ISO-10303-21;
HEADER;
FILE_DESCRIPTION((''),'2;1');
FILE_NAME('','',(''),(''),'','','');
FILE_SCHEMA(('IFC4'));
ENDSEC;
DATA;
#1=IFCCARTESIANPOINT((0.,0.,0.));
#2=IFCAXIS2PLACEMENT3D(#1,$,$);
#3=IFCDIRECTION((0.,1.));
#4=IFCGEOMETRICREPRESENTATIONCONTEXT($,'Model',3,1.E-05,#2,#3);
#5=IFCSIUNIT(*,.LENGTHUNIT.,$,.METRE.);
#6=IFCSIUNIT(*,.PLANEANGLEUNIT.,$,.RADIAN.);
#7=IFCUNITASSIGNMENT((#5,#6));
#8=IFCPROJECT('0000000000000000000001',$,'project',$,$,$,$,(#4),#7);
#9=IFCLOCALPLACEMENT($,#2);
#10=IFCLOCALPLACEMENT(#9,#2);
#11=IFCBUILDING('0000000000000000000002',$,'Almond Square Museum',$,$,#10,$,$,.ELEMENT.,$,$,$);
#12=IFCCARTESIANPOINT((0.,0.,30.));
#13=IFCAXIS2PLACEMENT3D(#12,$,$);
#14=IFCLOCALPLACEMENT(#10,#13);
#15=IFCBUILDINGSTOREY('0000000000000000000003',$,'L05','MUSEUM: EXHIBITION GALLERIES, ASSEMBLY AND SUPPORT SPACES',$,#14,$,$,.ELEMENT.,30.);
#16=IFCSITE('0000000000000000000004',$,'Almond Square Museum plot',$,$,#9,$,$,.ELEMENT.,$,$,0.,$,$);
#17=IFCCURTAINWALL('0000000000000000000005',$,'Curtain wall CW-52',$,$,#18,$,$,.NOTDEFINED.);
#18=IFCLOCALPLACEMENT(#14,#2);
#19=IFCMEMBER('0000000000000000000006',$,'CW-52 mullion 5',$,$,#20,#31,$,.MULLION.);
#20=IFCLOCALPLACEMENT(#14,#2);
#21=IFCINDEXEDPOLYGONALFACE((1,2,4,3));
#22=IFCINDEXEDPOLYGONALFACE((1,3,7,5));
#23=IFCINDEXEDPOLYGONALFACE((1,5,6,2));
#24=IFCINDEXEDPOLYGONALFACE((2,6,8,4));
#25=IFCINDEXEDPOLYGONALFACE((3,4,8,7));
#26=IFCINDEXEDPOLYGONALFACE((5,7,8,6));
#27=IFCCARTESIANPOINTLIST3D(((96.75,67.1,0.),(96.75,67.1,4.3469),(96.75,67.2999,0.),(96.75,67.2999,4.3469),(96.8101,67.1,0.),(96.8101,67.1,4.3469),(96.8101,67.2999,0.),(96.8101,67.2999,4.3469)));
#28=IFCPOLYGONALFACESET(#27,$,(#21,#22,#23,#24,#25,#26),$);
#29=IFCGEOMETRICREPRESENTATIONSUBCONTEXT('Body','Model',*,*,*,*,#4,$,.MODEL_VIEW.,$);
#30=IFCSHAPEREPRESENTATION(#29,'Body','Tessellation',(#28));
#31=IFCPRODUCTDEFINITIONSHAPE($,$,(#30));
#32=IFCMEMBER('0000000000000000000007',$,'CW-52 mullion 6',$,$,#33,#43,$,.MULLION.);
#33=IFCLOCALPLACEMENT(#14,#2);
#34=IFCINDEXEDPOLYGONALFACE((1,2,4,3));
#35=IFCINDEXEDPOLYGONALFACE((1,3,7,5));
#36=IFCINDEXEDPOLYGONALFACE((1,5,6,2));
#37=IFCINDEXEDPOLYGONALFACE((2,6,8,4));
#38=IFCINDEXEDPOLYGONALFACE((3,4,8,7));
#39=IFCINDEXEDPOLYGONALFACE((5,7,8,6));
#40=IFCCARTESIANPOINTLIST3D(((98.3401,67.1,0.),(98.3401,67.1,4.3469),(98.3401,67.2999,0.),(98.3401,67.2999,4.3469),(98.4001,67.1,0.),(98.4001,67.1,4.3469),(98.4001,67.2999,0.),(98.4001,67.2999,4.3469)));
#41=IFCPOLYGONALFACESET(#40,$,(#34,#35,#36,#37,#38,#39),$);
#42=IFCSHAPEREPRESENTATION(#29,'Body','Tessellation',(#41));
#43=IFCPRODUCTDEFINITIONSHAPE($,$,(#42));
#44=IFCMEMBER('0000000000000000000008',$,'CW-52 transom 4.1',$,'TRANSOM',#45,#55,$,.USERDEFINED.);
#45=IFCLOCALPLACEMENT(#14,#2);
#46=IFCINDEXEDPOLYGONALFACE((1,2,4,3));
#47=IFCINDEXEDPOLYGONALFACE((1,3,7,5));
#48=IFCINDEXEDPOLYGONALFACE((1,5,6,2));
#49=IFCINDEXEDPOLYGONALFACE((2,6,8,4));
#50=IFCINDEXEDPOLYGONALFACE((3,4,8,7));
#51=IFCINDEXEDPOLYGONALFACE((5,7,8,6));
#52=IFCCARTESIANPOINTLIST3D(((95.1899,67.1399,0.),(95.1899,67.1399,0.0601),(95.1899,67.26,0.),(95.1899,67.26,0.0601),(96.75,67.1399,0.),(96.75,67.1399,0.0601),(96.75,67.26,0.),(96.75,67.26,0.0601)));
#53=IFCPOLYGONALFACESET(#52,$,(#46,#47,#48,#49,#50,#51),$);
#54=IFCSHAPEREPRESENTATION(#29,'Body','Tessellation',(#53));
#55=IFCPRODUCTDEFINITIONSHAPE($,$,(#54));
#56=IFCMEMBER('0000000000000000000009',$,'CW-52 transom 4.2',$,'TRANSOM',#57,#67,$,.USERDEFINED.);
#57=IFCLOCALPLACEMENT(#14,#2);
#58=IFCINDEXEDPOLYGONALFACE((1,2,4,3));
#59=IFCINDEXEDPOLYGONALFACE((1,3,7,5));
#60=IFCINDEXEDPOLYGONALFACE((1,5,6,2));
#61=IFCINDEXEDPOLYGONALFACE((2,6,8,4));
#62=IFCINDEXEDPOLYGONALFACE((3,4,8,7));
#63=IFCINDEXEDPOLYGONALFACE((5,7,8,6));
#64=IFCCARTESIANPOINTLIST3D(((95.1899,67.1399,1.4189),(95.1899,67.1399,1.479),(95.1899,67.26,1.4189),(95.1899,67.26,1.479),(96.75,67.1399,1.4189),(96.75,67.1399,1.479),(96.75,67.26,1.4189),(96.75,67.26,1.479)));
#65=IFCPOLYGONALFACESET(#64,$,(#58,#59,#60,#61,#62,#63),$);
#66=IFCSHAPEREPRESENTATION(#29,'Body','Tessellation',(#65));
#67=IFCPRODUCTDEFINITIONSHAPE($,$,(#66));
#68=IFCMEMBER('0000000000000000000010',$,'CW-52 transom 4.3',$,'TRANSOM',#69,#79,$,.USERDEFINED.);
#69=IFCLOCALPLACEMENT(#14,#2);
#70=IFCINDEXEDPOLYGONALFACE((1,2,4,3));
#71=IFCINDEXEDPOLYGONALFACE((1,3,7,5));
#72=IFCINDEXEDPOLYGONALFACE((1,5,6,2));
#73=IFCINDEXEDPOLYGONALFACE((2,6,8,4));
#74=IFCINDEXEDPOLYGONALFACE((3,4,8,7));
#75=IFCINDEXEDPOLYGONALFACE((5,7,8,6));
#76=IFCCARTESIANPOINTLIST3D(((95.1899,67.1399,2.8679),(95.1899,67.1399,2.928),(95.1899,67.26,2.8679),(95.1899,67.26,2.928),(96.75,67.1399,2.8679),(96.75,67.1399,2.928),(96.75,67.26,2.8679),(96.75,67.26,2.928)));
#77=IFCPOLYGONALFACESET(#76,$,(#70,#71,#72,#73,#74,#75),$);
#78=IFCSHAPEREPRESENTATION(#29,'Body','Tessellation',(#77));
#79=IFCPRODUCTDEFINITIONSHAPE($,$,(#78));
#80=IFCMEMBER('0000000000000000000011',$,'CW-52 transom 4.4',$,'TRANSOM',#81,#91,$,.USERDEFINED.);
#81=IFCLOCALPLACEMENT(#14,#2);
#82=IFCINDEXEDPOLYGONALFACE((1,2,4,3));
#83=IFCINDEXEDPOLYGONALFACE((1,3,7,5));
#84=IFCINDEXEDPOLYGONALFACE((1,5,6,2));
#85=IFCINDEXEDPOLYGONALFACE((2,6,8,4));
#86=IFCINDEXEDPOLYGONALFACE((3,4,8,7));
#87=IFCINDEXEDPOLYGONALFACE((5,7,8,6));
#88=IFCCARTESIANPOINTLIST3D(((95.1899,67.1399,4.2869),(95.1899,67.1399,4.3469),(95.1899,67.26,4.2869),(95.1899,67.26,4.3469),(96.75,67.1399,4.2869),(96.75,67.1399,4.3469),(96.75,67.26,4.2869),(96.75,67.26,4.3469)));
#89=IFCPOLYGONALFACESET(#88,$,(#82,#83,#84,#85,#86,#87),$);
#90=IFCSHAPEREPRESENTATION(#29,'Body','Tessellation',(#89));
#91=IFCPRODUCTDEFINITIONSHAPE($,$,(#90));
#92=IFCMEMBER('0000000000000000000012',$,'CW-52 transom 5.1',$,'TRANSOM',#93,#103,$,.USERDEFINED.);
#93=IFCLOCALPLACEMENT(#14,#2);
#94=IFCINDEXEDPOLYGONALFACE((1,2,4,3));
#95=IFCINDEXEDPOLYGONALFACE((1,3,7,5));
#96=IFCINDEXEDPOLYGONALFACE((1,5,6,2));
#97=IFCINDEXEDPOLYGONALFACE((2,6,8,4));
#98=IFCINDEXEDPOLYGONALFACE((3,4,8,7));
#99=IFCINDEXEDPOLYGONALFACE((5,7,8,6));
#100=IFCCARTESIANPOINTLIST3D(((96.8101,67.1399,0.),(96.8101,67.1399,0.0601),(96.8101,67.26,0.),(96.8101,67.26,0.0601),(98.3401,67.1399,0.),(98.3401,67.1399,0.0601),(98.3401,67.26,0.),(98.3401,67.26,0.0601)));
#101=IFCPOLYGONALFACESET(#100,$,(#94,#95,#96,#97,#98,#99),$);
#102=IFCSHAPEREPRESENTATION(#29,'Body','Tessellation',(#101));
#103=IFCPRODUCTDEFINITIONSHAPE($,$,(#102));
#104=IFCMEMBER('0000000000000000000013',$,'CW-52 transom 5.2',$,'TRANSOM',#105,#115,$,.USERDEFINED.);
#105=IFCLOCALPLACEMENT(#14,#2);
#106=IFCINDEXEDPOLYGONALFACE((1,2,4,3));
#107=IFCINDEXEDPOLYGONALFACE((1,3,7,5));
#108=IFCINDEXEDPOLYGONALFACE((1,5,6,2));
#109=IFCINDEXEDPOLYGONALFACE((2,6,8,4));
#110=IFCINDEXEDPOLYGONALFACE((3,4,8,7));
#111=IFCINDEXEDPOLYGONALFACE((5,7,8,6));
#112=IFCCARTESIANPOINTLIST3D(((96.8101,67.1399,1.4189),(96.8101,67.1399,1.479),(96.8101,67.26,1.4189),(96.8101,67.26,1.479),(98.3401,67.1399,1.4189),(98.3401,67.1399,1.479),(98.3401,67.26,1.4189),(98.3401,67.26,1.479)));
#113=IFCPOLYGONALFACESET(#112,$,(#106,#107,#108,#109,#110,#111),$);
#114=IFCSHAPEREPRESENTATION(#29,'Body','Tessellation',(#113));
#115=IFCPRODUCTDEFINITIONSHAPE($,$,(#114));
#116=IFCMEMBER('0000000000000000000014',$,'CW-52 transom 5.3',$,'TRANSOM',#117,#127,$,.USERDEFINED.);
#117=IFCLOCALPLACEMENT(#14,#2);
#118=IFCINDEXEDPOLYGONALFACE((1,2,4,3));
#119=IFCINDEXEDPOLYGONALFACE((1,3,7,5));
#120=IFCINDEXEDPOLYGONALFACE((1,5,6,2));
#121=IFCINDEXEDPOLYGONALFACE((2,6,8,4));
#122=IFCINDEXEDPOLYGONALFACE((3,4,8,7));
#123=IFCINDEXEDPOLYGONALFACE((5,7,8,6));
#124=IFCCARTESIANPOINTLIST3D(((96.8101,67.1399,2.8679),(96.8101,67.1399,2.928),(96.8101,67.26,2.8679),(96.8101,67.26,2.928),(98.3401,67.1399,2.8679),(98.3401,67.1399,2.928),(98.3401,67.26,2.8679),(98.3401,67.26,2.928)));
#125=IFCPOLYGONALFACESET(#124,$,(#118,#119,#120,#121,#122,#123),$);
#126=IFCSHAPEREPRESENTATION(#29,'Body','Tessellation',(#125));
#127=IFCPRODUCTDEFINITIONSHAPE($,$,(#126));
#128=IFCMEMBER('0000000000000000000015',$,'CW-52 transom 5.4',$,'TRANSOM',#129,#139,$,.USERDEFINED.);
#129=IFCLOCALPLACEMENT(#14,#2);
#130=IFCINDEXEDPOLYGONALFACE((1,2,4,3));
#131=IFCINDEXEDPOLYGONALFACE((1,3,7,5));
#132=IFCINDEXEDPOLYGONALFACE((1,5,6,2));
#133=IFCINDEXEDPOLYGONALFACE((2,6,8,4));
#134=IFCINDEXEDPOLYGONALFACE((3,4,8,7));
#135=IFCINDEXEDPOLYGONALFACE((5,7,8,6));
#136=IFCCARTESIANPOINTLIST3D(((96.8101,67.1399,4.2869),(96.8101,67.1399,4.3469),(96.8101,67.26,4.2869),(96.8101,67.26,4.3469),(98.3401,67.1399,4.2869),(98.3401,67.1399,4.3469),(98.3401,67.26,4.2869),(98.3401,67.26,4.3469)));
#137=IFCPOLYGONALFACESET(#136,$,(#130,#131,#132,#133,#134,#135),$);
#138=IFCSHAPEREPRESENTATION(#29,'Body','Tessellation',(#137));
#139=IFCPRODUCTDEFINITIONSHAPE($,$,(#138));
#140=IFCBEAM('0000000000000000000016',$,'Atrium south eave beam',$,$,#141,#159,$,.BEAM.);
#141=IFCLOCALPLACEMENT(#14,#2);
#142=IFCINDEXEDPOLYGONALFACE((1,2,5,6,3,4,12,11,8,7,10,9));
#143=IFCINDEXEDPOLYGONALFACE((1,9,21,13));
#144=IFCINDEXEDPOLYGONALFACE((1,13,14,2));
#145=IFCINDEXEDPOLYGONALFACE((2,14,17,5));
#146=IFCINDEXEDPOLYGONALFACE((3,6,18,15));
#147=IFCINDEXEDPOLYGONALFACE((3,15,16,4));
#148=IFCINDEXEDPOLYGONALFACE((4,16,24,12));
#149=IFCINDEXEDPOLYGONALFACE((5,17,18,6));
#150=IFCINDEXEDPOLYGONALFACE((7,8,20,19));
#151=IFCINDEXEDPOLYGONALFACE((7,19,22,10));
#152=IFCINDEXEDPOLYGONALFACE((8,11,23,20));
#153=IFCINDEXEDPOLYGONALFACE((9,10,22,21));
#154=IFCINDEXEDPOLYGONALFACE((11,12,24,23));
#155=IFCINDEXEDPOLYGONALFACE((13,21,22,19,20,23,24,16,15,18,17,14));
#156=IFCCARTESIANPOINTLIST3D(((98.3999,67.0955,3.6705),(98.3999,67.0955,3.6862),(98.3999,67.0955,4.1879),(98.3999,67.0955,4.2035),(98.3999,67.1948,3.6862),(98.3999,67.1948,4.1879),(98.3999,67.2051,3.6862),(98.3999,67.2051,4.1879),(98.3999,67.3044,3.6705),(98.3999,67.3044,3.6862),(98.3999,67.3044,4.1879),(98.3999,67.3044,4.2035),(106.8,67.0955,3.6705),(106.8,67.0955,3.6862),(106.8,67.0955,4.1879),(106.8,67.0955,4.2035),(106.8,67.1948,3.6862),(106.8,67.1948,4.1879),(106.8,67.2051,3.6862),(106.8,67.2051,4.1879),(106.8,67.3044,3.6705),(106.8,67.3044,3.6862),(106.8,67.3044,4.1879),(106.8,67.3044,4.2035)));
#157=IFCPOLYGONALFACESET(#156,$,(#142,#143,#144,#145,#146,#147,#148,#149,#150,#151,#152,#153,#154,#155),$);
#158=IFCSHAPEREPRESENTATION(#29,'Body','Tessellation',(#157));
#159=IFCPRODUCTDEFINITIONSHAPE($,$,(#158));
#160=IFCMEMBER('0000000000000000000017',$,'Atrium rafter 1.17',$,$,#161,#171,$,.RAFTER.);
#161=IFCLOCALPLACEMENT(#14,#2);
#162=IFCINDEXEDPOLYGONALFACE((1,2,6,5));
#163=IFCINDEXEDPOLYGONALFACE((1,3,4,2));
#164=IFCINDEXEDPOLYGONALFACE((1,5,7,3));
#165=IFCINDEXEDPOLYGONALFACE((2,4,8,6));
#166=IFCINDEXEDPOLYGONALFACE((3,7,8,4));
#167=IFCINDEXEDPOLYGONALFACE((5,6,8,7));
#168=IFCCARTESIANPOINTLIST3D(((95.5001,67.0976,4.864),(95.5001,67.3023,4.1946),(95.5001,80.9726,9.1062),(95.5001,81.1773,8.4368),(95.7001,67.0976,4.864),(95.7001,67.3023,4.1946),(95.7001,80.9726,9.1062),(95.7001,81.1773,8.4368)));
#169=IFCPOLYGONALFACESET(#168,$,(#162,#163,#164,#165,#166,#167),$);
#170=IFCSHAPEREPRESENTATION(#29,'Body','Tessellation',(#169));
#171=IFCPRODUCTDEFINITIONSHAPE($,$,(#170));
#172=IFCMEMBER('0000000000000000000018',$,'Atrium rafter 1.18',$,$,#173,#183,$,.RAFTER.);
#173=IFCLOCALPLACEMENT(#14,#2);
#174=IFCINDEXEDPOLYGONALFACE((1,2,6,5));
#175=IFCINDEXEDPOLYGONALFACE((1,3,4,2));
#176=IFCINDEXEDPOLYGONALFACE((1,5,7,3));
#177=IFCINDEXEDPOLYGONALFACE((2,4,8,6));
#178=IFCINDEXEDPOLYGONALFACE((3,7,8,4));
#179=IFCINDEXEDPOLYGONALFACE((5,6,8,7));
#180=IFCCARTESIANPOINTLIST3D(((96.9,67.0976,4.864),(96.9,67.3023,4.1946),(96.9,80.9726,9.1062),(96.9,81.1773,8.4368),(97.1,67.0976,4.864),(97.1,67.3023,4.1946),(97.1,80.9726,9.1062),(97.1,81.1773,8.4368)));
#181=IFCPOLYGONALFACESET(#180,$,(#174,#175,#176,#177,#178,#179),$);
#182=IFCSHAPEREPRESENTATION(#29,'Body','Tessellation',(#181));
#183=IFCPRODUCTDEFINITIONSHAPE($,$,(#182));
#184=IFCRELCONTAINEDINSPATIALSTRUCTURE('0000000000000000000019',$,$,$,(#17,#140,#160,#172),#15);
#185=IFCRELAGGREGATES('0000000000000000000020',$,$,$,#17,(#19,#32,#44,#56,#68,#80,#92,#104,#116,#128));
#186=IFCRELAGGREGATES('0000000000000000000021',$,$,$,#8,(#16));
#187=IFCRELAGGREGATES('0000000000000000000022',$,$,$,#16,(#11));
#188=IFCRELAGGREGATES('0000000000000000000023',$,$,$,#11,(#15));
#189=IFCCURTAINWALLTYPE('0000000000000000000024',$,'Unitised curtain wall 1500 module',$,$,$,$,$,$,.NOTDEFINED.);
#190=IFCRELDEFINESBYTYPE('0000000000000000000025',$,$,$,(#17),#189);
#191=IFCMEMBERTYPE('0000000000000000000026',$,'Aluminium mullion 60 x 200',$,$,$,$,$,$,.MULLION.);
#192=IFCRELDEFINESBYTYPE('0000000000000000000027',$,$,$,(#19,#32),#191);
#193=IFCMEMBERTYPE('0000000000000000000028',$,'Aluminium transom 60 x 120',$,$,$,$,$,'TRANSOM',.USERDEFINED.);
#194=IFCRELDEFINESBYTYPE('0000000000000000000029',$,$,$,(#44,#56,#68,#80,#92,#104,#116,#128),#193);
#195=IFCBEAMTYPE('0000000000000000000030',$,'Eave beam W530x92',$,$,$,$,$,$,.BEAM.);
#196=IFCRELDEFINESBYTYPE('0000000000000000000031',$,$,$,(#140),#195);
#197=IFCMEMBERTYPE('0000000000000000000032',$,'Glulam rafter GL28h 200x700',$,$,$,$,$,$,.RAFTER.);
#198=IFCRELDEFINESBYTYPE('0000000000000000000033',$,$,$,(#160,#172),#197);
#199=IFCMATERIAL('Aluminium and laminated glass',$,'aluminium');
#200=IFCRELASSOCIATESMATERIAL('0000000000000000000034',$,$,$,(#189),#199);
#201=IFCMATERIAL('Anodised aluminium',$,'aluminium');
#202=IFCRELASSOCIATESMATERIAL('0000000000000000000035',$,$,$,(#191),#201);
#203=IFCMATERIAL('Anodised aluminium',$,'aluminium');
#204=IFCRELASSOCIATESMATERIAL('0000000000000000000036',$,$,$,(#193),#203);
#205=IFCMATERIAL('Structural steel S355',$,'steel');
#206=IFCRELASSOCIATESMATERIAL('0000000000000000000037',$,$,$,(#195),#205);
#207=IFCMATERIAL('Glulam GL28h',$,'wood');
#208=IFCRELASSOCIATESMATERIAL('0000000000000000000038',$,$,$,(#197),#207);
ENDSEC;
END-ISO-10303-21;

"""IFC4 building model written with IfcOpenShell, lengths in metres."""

from ifc_helpers import new_model, si_unit, direction, frame, origin, origin_2d, place, context, subcontext, project, spatial, rectangle, i_section, extrude, material, material_profile, profile_set, type_object, element, aggregate, save


model = new_model("IFC4")

# Units and contexts
model_context = context("Model", 3, precision=1e-05, world=origin(), true_north=direction((0.0, 1.0)))
body_context = subcontext(model_context, "Body", "Model", "MODEL_VIEW")
ifc_project = project(units=[si_unit("LENGTHUNIT", "METRE"), si_unit("PLANEANGLEUNIT", "RADIAN")], contexts=[model_context])

# Site, building, storey
site_placement = place(None, origin())
site = spatial("IfcSite", under=ifc_project, at=site_placement, Name="Almond Square Museum plot", CompositionType="ELEMENT", RefElevation=0.0)
building_placement = place(site_placement, origin())
building = spatial("IfcBuilding", under=site, at=building_placement, Name="Almond Square Museum", CompositionType="ELEMENT")
storey_placement = place(building_placement, frame((0.0, 0.0, 30.0)))
storey = spatial("IfcBuildingStorey", under=building, at=storey_placement, Name="L05", Description="MUSEUM: EXHIBITION GALLERIES, ASSEMBLY AND SUPPORT SPACES", CompositionType="ELEMENT", Elevation=30.0)

# Curtain wall, members
ifc_material_1 = material(Name="Aluminium and laminated glass", Category="aluminium")
curtain_wall_type = type_object("IfcCurtainWallType", Name="Unitised curtain wall 1500 module", PredefinedType="NOTDEFINED", material=ifc_material_1)
curtain_wall_placement = place(storey_placement, origin())
curtain_wall = element("IfcCurtainWall", 1, at=curtain_wall_placement, inside=storey, type_object=curtain_wall_type, Name="Curtain wall CW-52", PredefinedType="NOTDEFINED")
ifc_material_2 = material(Name="Anodised aluminium", Category="aluminium")
ifc_material_profile_1 = material_profile(ifc_material_2, rectangle(XDim=0.2, YDim=0.0601, at=origin_2d()))
ifc_profile_set_1 = profile_set([ifc_material_profile_1], Name="Anodised aluminium")
member_type_1 = type_object("IfcMemberType", Name="Aluminium mullion 60 x 200", PredefinedType="MULLION", material=ifc_profile_set_1)
member_1_placement = place(storey_placement, frame((96.78, 67.2, 0.0), z_axis=(0.0, 0.0, 1.0), x_axis=(0.0, 1.0, 0.0)))
member_1 = element("IfcMember", 2, at=member_1_placement, type_object=member_type_1, Name="CW-52 mullion 5", PredefinedType="MULLION", context=body_context, shape_type="SweptSolid", body=[
    extrude(rectangle(XDim=0.2, YDim=0.0601, at=origin_2d()), origin(), (0.0, 0.0, 1.0), 4.3469),
])
member_2_placement = place(storey_placement, frame((98.3701, 67.2, 0.0), z_axis=(0.0, 0.0, 1.0), x_axis=(0.0, 1.0, 0.0)))
member_2 = element("IfcMember", 3, at=member_2_placement, type_object=member_type_1, Name="CW-52 mullion 6", PredefinedType="MULLION", context=body_context, shape_type="SweptSolid", body=[
    extrude(rectangle(XDim=0.2, YDim=0.0601, at=origin_2d()), origin(), (0.0, 0.0, 1.0), 4.3469),
])
ifc_material_3 = material(Name="Anodised aluminium", Category="aluminium")
ifc_material_profile_2 = material_profile(ifc_material_3, rectangle(XDim=0.1201, YDim=0.0601, at=origin_2d()))
ifc_profile_set_2 = profile_set([ifc_material_profile_2], Name="Anodised aluminium")
member_type_2 = type_object("IfcMemberType", Name="Aluminium transom 60 x 120", ElementType="TRANSOM", PredefinedType="USERDEFINED", material=ifc_profile_set_2)
member_3_placement = place(storey_placement, frame((95.1899, 67.2, 0.03), z_axis=(1.0, 0.0, 0.0), x_axis=(0.0, 1.0, 0.0)))
member_3 = element("IfcMember", 4, at=member_3_placement, type_object=member_type_2, Name="CW-52 transom 4.1", ObjectType="TRANSOM", PredefinedType="USERDEFINED", context=body_context, shape_type="SweptSolid", body=[
    extrude(rectangle(XDim=0.1201, YDim=0.0601, at=origin_2d()), origin(), (0.0, 0.0, 1.0), 1.5601),
])
member_4_placement = place(storey_placement, frame((95.1899, 67.2, 1.449), z_axis=(1.0, 0.0, 0.0), x_axis=(0.0, 1.0, 0.0)))
member_4 = element("IfcMember", 5, at=member_4_placement, type_object=member_type_2, Name="CW-52 transom 4.2", ObjectType="TRANSOM", PredefinedType="USERDEFINED", context=body_context, shape_type="SweptSolid", body=[
    extrude(rectangle(XDim=0.1201, YDim=0.0601, at=origin_2d()), origin(), (0.0, 0.0, 1.0), 1.5601),
])
member_5_placement = place(storey_placement, frame((95.1899, 67.2, 2.8979), z_axis=(1.0, 0.0, 0.0), x_axis=(0.0, 1.0, 0.0)))
member_5 = element("IfcMember", 6, at=member_5_placement, type_object=member_type_2, Name="CW-52 transom 4.3", ObjectType="TRANSOM", PredefinedType="USERDEFINED", context=body_context, shape_type="SweptSolid", body=[
    extrude(rectangle(XDim=0.1201, YDim=0.0601, at=origin_2d()), origin(), (0.0, 0.0, 1.0), 1.5601),
])
member_6_placement = place(storey_placement, frame((95.1899, 67.2, 4.3169), z_axis=(1.0, 0.0, 0.0), x_axis=(0.0, 1.0, 0.0)))
member_6 = element("IfcMember", 7, at=member_6_placement, type_object=member_type_2, Name="CW-52 transom 4.4", ObjectType="TRANSOM", PredefinedType="USERDEFINED", context=body_context, shape_type="SweptSolid", body=[
    extrude(rectangle(XDim=0.1201, YDim=0.0601, at=origin_2d()), origin(), (0.0, 0.0, 1.0), 1.5601),
])
member_7_placement = place(storey_placement, frame((96.8101, 67.2, 0.03), z_axis=(1.0, 0.0, 0.0), x_axis=(0.0, 1.0, 0.0)))
member_7 = element("IfcMember", 8, at=member_7_placement, type_object=member_type_2, Name="CW-52 transom 5.1", ObjectType="TRANSOM", PredefinedType="USERDEFINED", context=body_context, shape_type="SweptSolid", body=[
    extrude(rectangle(XDim=0.1201, YDim=0.0601, at=origin_2d()), origin(), (0.0, 0.0, 1.0), 1.53),
])
member_8_placement = place(storey_placement, frame((96.8101, 67.2, 1.449), z_axis=(1.0, 0.0, 0.0), x_axis=(0.0, 1.0, 0.0)))
member_8 = element("IfcMember", 9, at=member_8_placement, type_object=member_type_2, Name="CW-52 transom 5.2", ObjectType="TRANSOM", PredefinedType="USERDEFINED", context=body_context, shape_type="SweptSolid", body=[
    extrude(rectangle(XDim=0.1201, YDim=0.0601, at=origin_2d()), origin(), (0.0, 0.0, 1.0), 1.53),
])
member_9_placement = place(storey_placement, frame((96.8101, 67.2, 2.8979), z_axis=(1.0, 0.0, 0.0), x_axis=(0.0, 1.0, 0.0)))
member_9 = element("IfcMember", 10, at=member_9_placement, type_object=member_type_2, Name="CW-52 transom 5.3", ObjectType="TRANSOM", PredefinedType="USERDEFINED", context=body_context, shape_type="SweptSolid", body=[
    extrude(rectangle(XDim=0.1201, YDim=0.0601, at=origin_2d()), origin(), (0.0, 0.0, 1.0), 1.53),
])
member_10_placement = place(storey_placement, frame((96.8101, 67.2, 4.3169), z_axis=(1.0, 0.0, 0.0), x_axis=(0.0, 1.0, 0.0)))
member_10 = element("IfcMember", 11, at=member_10_placement, type_object=member_type_2, Name="CW-52 transom 5.4", ObjectType="TRANSOM", PredefinedType="USERDEFINED", context=body_context, shape_type="SweptSolid", body=[
    extrude(rectangle(XDim=0.1201, YDim=0.0601, at=origin_2d()), origin(), (0.0, 0.0, 1.0), 1.53),
])

# Beam
ifc_material_4 = material(Name="Structural steel S355", Category="steel")
ifc_material_profile_3 = material_profile(ifc_material_4, i_section(OverallWidth=0.209, OverallDepth=0.533, WebThickness=0.0103, FlangeThickness=0.0156, at=origin_2d()))
ifc_profile_set_3 = profile_set([ifc_material_profile_3], Name="Structural steel S355")
beam_type = type_object("IfcBeamType", Name="Eave beam W530x92", PredefinedType="BEAM", material=ifc_profile_set_3)
beam_placement = place(storey_placement, frame((98.3999, 67.2, 3.937), z_axis=(1.0, 0.0, 0.0), x_axis=(0.0, 1.0, 0.0)))
element("IfcBeam", 12, at=beam_placement, inside=storey, type_object=beam_type, Name="Atrium south eave beam", PredefinedType="BEAM", context=body_context, shape_type="SweptSolid", body=[
    extrude(i_section(OverallWidth=0.209, OverallDepth=0.533, WebThickness=0.0103, FlangeThickness=0.0156, at=origin_2d()), origin(), (0.0, 0.0, 1.0), 8.4001),
])

# Members
ifc_material_5 = material(Name="Glulam GL28h", Category="wood")
ifc_material_profile_4 = material_profile(ifc_material_5, rectangle(XDim=0.2, YDim=0.7, at=origin_2d()))
ifc_profile_set_4 = profile_set([ifc_material_profile_4], Name="Glulam GL28h")
member_type_3 = type_object("IfcMemberType", Name="Glulam rafter GL28h 200x700", PredefinedType="RAFTER", material=ifc_profile_set_4)
for number, where, z_axis, x_axis, name in (
    (13, (95.6001, 67.2, 4.5293), (0.0, 0.956301, 0.292383), (-1.0, 0.0, 0.0), "Atrium rafter 1.17"),
    (14, (97.0, 67.2, 4.5293), (0.0, 0.956301, 0.292383), (-1.0, 0.0, 0.0), "Atrium rafter 1.18"),
):
    element("IfcMember", number, at=place(storey_placement, frame(where, z_axis=z_axis, x_axis=x_axis)), inside=storey, type_object=member_type_3, Name=name, PredefinedType="RAFTER", context=body_context, shape_type="SweptSolid", body=[
        extrude(rectangle(XDim=0.2, YDim=0.7, at=origin_2d()), origin(), (0.0, 0.0, 1.0), 14.509),
    ])

aggregate(curtain_wall, [member_1, member_2, member_3, member_4, member_5, member_6, member_7, member_8, member_9, member_10])

save(model, "model.ifc")
